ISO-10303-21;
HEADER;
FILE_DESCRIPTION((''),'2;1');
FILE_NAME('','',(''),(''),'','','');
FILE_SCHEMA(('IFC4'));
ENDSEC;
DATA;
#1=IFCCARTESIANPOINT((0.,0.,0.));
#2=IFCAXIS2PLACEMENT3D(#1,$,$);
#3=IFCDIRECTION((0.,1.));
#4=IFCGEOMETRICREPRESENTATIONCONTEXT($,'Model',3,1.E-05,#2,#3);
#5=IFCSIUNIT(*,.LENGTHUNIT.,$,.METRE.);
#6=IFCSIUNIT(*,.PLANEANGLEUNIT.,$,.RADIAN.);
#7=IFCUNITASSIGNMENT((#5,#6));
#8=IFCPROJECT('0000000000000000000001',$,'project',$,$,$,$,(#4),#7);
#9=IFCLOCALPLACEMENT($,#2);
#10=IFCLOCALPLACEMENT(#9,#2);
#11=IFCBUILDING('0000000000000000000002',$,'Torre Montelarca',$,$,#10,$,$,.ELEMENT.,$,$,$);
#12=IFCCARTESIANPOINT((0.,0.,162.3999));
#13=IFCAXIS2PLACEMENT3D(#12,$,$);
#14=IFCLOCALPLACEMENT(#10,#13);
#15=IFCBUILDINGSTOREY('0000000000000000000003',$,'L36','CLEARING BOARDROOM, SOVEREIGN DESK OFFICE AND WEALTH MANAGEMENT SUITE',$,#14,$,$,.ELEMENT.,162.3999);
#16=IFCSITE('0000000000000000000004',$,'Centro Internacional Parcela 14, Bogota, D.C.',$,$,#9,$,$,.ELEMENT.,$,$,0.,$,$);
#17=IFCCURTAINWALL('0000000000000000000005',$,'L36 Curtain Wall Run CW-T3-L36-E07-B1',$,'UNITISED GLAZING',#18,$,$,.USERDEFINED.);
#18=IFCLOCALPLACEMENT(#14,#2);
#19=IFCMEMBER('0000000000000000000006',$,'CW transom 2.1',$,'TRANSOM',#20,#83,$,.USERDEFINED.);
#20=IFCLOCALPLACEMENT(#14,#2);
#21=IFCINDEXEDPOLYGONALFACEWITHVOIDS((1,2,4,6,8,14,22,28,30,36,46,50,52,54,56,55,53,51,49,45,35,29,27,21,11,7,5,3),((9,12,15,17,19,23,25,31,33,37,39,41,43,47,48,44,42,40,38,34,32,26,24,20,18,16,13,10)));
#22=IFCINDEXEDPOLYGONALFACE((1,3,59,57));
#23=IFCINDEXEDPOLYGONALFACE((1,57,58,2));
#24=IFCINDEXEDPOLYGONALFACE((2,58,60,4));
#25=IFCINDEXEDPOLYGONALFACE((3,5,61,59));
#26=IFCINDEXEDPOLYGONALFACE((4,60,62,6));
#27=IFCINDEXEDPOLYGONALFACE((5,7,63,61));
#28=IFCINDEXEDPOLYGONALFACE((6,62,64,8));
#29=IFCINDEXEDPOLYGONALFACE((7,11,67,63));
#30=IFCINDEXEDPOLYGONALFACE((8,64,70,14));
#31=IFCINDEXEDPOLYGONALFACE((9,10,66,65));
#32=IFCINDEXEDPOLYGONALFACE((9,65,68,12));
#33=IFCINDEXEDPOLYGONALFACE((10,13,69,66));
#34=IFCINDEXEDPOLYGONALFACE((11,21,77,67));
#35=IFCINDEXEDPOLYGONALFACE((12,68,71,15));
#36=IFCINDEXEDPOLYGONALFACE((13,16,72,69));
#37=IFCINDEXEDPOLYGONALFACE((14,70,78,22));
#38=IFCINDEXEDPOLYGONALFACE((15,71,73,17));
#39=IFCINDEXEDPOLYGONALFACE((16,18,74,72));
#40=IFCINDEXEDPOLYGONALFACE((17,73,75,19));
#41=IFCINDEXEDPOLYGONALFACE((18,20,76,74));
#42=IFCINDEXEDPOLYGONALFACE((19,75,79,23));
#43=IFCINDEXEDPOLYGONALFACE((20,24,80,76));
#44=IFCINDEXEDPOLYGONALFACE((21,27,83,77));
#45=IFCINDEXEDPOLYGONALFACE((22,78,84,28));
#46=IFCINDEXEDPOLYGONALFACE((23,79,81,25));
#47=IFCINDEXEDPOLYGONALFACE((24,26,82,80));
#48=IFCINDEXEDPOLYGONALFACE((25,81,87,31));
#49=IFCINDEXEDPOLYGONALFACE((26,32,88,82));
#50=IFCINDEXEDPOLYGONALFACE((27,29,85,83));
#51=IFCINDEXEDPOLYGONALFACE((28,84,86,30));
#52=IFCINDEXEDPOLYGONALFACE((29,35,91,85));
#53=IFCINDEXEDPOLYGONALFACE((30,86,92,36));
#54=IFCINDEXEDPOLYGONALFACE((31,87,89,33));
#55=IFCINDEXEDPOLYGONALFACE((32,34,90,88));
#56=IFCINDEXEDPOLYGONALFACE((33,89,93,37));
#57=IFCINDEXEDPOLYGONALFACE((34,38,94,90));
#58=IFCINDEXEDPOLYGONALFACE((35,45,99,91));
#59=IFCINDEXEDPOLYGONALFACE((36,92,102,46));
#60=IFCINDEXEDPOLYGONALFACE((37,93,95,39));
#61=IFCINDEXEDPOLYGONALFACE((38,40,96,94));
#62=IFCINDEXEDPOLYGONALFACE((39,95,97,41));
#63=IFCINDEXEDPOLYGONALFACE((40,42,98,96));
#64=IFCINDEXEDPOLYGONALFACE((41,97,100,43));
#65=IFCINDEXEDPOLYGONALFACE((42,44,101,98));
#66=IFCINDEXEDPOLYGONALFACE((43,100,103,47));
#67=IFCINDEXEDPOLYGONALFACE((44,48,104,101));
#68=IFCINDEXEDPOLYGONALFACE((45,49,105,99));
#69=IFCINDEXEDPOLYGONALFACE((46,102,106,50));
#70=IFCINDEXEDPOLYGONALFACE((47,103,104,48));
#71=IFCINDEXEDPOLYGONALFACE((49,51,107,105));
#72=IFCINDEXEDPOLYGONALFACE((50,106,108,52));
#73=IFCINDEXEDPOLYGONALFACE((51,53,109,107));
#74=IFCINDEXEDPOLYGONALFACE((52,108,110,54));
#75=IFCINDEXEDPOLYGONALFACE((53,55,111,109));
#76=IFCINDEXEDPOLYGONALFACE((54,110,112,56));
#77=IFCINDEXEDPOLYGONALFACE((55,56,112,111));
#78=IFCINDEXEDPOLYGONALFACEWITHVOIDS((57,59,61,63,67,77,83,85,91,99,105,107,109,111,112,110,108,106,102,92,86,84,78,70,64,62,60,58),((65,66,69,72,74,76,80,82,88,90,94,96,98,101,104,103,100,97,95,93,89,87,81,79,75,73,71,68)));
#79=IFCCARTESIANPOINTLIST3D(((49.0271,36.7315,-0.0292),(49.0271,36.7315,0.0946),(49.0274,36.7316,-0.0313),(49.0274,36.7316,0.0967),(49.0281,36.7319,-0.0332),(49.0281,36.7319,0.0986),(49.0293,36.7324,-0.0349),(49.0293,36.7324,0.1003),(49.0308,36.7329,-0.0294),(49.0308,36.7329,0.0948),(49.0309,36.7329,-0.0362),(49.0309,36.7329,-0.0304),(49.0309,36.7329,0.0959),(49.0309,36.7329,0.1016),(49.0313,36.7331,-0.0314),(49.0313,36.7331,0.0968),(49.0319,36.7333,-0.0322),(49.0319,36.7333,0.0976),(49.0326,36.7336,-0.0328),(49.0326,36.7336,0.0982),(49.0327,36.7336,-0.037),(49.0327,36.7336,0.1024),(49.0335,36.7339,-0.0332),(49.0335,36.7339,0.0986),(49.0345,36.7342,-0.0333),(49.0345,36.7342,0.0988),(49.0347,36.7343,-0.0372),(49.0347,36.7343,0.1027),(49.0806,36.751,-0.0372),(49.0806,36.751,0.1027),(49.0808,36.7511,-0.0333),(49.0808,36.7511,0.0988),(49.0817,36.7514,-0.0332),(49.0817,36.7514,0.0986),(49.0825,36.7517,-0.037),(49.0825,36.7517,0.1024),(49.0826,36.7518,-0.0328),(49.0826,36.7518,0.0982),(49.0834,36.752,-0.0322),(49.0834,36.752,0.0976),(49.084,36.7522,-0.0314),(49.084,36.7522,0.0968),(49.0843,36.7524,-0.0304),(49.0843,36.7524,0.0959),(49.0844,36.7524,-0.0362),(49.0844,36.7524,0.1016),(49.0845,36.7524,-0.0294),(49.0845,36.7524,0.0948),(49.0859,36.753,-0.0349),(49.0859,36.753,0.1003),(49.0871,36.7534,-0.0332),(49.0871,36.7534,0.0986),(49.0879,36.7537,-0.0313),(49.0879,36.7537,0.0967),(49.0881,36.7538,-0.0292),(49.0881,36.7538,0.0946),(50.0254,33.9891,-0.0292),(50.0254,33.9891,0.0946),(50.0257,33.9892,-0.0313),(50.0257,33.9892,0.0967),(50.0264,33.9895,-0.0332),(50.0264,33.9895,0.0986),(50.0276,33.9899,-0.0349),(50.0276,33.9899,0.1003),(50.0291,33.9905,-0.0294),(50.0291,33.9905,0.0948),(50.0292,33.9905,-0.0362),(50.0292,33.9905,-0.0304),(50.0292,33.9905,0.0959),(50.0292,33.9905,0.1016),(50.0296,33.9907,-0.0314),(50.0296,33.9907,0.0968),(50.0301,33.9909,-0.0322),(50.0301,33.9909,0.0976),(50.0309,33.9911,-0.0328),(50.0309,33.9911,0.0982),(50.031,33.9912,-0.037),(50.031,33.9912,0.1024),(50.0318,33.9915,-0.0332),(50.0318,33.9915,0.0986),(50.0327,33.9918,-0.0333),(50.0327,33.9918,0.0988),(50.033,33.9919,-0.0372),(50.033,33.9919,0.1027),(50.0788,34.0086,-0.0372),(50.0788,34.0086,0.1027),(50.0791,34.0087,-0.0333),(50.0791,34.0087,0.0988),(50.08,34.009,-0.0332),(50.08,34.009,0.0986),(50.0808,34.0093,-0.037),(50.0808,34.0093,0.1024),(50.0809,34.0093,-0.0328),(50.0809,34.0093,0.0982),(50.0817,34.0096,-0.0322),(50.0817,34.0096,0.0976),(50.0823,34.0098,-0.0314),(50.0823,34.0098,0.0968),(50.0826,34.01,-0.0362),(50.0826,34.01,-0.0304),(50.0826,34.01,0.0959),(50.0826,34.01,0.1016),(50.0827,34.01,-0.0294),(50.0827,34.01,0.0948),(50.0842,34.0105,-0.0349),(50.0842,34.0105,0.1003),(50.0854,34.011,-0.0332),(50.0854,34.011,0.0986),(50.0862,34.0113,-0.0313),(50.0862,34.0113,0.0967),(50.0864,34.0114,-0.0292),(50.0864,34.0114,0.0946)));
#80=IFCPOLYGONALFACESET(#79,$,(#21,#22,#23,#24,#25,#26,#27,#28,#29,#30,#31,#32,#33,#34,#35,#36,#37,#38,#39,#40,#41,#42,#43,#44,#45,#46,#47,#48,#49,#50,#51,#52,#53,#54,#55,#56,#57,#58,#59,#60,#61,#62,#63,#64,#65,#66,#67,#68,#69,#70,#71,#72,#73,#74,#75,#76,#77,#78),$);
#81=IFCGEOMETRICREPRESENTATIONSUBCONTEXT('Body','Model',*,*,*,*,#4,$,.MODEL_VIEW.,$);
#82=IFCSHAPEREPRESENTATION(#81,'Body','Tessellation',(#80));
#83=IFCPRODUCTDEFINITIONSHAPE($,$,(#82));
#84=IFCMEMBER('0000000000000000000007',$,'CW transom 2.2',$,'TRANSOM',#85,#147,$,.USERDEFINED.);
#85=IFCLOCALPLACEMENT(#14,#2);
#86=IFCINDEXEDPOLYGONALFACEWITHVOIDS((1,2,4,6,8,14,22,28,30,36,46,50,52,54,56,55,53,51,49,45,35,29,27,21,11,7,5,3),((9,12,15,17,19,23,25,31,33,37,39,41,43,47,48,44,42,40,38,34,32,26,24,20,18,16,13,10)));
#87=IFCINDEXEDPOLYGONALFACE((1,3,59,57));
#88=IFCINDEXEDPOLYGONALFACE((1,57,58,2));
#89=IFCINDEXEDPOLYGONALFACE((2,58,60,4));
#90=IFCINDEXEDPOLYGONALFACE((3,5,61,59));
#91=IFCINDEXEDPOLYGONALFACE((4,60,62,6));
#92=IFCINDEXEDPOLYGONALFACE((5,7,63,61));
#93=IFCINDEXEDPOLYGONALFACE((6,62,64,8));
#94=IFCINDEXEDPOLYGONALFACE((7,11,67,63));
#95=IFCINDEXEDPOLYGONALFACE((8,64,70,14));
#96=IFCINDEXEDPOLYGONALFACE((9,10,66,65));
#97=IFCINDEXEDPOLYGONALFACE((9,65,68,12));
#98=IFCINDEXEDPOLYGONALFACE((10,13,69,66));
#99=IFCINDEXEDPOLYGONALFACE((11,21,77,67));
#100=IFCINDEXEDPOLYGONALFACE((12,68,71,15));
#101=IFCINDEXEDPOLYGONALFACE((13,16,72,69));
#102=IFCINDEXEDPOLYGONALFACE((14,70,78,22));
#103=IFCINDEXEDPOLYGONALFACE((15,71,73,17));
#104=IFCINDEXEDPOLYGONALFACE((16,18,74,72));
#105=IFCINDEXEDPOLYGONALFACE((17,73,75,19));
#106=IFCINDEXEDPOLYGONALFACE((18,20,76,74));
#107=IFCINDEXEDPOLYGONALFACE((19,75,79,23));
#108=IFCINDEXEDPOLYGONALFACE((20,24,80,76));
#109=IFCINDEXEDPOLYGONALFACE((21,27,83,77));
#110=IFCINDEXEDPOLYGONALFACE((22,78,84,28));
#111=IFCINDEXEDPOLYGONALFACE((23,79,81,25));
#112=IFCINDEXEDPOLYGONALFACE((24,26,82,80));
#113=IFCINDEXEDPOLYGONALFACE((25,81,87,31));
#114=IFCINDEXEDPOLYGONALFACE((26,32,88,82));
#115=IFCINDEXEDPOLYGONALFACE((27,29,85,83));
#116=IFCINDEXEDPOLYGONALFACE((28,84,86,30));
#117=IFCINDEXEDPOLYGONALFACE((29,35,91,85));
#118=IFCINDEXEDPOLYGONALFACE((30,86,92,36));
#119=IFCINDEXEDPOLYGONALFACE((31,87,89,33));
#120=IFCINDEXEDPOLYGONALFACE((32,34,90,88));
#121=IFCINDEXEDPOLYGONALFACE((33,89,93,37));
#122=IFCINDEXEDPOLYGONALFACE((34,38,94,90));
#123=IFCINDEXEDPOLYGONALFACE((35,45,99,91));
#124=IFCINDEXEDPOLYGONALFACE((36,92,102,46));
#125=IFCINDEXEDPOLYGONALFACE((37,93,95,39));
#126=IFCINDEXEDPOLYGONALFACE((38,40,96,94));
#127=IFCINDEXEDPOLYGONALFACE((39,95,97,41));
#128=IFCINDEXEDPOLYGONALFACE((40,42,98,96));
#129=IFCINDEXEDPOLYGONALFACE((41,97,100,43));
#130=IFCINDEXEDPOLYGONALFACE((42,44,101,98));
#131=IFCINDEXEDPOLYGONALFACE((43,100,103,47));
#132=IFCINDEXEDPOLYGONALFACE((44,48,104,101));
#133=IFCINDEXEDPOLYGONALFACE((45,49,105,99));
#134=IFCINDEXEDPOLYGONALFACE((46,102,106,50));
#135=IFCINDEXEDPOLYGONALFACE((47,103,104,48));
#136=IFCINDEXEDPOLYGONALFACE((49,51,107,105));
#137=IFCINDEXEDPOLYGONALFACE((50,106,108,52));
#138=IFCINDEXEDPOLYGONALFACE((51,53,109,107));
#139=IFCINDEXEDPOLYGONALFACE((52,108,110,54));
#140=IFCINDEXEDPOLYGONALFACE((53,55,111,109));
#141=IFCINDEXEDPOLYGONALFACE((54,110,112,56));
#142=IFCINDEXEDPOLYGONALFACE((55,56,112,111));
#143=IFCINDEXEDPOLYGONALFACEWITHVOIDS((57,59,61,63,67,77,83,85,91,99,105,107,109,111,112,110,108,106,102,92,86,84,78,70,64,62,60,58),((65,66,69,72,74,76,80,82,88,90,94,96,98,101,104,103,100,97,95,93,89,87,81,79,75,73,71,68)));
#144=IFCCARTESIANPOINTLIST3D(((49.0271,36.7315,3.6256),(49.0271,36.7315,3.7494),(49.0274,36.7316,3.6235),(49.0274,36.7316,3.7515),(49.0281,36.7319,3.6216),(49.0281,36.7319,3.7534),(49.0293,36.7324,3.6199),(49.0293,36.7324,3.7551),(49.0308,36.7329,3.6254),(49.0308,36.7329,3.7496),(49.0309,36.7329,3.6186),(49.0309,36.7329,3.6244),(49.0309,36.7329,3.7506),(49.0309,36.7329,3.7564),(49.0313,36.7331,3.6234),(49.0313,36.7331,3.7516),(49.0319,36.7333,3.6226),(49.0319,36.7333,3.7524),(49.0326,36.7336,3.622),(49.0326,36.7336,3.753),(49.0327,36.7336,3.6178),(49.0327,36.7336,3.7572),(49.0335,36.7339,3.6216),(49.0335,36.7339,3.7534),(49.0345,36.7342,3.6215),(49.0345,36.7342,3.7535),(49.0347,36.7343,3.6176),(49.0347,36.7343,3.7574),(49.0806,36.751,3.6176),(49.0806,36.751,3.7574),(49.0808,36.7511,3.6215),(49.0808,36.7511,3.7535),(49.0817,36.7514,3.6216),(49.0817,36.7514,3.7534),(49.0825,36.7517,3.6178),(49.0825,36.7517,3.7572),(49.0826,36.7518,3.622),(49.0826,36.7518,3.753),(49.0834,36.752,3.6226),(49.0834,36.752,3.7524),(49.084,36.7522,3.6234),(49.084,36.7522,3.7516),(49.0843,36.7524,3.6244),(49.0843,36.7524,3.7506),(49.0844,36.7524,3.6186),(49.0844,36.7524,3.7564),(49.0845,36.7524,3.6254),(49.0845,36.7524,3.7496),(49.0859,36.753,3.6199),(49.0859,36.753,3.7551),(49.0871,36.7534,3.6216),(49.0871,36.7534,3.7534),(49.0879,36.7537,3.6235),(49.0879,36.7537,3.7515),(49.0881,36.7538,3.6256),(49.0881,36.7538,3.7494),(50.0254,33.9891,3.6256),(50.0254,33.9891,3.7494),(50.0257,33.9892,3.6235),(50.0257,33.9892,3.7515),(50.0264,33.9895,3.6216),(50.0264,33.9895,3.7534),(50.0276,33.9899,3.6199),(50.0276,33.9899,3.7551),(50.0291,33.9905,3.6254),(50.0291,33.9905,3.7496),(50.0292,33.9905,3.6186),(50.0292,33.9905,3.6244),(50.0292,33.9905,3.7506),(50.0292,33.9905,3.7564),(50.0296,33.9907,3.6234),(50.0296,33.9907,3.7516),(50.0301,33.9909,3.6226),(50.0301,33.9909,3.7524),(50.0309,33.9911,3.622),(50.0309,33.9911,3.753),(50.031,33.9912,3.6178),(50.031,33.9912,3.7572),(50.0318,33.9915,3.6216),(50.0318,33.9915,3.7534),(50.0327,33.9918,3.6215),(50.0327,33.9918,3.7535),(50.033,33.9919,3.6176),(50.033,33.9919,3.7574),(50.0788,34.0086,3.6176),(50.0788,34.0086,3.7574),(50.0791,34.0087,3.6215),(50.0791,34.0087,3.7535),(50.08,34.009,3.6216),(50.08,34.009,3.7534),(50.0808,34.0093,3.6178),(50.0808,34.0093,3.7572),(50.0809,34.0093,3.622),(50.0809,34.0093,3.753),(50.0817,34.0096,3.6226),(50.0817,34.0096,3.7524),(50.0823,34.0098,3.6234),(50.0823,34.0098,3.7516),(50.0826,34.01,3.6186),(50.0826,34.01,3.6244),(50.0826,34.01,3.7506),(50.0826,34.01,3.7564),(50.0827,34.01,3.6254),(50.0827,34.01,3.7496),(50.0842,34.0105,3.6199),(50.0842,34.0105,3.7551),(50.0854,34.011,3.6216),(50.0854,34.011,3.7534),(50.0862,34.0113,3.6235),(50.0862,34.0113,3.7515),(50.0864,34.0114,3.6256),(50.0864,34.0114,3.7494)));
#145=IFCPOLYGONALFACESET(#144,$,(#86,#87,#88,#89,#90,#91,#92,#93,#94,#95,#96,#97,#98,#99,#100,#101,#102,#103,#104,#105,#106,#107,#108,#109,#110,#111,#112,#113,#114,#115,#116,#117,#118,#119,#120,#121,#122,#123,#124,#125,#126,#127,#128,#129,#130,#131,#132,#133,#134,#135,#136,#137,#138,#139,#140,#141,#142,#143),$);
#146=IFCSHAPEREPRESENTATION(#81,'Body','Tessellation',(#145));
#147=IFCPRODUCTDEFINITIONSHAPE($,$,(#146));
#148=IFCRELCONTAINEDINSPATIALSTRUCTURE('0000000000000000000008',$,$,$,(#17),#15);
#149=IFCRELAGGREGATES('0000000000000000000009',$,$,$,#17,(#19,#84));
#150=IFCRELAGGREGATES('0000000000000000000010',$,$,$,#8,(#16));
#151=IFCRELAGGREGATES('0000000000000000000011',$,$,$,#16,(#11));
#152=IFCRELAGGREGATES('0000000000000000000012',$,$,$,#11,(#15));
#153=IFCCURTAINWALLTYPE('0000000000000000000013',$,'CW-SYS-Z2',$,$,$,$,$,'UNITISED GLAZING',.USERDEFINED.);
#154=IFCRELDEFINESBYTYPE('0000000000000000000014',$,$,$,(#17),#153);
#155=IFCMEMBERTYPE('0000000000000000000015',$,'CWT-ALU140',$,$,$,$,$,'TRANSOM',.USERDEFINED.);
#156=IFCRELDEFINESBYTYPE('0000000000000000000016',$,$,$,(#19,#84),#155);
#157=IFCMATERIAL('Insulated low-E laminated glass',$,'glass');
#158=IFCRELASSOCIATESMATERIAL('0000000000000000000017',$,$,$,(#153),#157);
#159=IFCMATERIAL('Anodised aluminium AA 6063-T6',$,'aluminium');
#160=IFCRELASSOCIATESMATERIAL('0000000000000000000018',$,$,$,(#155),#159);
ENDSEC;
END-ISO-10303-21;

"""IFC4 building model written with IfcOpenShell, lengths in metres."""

from ifc_helpers import new_model, si_unit, direction, frame, origin, origin_2d, place, context, subcontext, project, spatial, hollow_rectangle, extrude, source, transform, mapped, material, material_profile, profile_set, type_object, element, aggregate, save


model = new_model("IFC4")

# Units and contexts
model_context = context("Model", 3, precision=1e-05, world=origin(), true_north=direction((0.0, 1.0)))
body_context = subcontext(model_context, "Body", "Model", "MODEL_VIEW")
ifc_project = project(units=[si_unit("LENGTHUNIT", "METRE"), si_unit("PLANEANGLEUNIT", "RADIAN")], contexts=[model_context])

# Site, building, storey
site_placement = place(None, origin())
site = spatial("IfcSite", under=ifc_project, at=site_placement, Name="Centro Internacional Parcela 14, Bogota, D.C.", CompositionType="ELEMENT", RefElevation=0.0)
building_placement = place(site_placement, origin())
building = spatial("IfcBuilding", under=site, at=building_placement, Name="Torre Montelarca", CompositionType="ELEMENT")
storey_placement = place(building_placement, frame((0.0, 0.0, 162.3999)))
storey = spatial("IfcBuildingStorey", under=building, at=storey_placement, Name="L36", Description="CLEARING BOARDROOM, SOVEREIGN DESK OFFICE AND WEALTH MANAGEMENT SUITE", CompositionType="ELEMENT", Elevation=162.3999)

# Curtain wall, members
ifc_material_1 = material(Name="Insulated low-E laminated glass", Category="glass")
curtain_wall_type = type_object("IfcCurtainWallType", Name="CW-SYS-Z2", ElementType="UNITISED GLAZING", PredefinedType="USERDEFINED", material=ifc_material_1)
curtain_wall_1_placement = place(storey_placement, origin())
curtain_wall_1 = element("IfcCurtainWall", 1, at=curtain_wall_1_placement, inside=storey, type_object=curtain_wall_type, Name="L36 Curtain Wall Run CW-T3-L36-E07-B1", ObjectType="UNITISED GLAZING", PredefinedType="USERDEFINED")
ifc_material_2 = material(Name="Anodised aluminium AA 6063-T6", Category="aluminium")
ifc_material_profile_1 = material_profile(ifc_material_2, hollow_rectangle(XDim=0.0649, YDim=0.1399, WallThickness=0.0039, InnerFilletRadius=0.0039, OuterFilletRadius=0.0081, at=origin_2d()), Name="ALU65X140X4", Category="aluminium")
ifc_profile_set_1 = profile_set([ifc_material_profile_1], Name="Anodised aluminium AA 6063-T6")
member_type_1 = type_object("IfcMemberType", Name="CWT-ALU140", ElementType="TRANSOM", PredefinedType="USERDEFINED", material=ifc_profile_set_1)
shared_shape_1 = source(origin(), body_context, "Body", "SweptSolid", [
    extrude(hollow_rectangle(XDim=0.0649, YDim=0.1399, WallThickness=0.0039, InnerFilletRadius=0.0039, OuterFilletRadius=0.0081, at=origin_2d()), origin(), (0.0, 0.0, 1.0), 2.9185),
])
member_1_placement = place(storey_placement, frame((50.0559, 34.0002, 0.0327), z_axis=(-0.342059, 0.939679, 0.0), x_axis=(-0.939679, -0.342059, 0.0)))
member_1 = element("IfcMember", 2, at=member_1_placement, type_object=member_type_1, Name="CW transom 2.1", ObjectType="TRANSOM", PredefinedType="USERDEFINED", context=body_context, shape_type="MappedRepresentation", body=[
    mapped(shared_shape_1, transform((0.0, 0.0, 0.0), scale=1.0)),
])
member_2_placement = place(storey_placement, frame((50.0559, 34.0002, 3.6875), z_axis=(-0.342059, 0.939679, 0.0), x_axis=(-0.939679, -0.342059, 0.0)))
member_2 = element("IfcMember", 3, at=member_2_placement, type_object=member_type_1, Name="CW transom 2.2", ObjectType="TRANSOM", PredefinedType="USERDEFINED", context=body_context, shape_type="MappedRepresentation", body=[
    mapped(shared_shape_1, transform((0.0, 0.0, 0.0), scale=1.0)),
])

aggregate(curtain_wall_1, [member_1, member_2])

save(model, "model.ifc")
